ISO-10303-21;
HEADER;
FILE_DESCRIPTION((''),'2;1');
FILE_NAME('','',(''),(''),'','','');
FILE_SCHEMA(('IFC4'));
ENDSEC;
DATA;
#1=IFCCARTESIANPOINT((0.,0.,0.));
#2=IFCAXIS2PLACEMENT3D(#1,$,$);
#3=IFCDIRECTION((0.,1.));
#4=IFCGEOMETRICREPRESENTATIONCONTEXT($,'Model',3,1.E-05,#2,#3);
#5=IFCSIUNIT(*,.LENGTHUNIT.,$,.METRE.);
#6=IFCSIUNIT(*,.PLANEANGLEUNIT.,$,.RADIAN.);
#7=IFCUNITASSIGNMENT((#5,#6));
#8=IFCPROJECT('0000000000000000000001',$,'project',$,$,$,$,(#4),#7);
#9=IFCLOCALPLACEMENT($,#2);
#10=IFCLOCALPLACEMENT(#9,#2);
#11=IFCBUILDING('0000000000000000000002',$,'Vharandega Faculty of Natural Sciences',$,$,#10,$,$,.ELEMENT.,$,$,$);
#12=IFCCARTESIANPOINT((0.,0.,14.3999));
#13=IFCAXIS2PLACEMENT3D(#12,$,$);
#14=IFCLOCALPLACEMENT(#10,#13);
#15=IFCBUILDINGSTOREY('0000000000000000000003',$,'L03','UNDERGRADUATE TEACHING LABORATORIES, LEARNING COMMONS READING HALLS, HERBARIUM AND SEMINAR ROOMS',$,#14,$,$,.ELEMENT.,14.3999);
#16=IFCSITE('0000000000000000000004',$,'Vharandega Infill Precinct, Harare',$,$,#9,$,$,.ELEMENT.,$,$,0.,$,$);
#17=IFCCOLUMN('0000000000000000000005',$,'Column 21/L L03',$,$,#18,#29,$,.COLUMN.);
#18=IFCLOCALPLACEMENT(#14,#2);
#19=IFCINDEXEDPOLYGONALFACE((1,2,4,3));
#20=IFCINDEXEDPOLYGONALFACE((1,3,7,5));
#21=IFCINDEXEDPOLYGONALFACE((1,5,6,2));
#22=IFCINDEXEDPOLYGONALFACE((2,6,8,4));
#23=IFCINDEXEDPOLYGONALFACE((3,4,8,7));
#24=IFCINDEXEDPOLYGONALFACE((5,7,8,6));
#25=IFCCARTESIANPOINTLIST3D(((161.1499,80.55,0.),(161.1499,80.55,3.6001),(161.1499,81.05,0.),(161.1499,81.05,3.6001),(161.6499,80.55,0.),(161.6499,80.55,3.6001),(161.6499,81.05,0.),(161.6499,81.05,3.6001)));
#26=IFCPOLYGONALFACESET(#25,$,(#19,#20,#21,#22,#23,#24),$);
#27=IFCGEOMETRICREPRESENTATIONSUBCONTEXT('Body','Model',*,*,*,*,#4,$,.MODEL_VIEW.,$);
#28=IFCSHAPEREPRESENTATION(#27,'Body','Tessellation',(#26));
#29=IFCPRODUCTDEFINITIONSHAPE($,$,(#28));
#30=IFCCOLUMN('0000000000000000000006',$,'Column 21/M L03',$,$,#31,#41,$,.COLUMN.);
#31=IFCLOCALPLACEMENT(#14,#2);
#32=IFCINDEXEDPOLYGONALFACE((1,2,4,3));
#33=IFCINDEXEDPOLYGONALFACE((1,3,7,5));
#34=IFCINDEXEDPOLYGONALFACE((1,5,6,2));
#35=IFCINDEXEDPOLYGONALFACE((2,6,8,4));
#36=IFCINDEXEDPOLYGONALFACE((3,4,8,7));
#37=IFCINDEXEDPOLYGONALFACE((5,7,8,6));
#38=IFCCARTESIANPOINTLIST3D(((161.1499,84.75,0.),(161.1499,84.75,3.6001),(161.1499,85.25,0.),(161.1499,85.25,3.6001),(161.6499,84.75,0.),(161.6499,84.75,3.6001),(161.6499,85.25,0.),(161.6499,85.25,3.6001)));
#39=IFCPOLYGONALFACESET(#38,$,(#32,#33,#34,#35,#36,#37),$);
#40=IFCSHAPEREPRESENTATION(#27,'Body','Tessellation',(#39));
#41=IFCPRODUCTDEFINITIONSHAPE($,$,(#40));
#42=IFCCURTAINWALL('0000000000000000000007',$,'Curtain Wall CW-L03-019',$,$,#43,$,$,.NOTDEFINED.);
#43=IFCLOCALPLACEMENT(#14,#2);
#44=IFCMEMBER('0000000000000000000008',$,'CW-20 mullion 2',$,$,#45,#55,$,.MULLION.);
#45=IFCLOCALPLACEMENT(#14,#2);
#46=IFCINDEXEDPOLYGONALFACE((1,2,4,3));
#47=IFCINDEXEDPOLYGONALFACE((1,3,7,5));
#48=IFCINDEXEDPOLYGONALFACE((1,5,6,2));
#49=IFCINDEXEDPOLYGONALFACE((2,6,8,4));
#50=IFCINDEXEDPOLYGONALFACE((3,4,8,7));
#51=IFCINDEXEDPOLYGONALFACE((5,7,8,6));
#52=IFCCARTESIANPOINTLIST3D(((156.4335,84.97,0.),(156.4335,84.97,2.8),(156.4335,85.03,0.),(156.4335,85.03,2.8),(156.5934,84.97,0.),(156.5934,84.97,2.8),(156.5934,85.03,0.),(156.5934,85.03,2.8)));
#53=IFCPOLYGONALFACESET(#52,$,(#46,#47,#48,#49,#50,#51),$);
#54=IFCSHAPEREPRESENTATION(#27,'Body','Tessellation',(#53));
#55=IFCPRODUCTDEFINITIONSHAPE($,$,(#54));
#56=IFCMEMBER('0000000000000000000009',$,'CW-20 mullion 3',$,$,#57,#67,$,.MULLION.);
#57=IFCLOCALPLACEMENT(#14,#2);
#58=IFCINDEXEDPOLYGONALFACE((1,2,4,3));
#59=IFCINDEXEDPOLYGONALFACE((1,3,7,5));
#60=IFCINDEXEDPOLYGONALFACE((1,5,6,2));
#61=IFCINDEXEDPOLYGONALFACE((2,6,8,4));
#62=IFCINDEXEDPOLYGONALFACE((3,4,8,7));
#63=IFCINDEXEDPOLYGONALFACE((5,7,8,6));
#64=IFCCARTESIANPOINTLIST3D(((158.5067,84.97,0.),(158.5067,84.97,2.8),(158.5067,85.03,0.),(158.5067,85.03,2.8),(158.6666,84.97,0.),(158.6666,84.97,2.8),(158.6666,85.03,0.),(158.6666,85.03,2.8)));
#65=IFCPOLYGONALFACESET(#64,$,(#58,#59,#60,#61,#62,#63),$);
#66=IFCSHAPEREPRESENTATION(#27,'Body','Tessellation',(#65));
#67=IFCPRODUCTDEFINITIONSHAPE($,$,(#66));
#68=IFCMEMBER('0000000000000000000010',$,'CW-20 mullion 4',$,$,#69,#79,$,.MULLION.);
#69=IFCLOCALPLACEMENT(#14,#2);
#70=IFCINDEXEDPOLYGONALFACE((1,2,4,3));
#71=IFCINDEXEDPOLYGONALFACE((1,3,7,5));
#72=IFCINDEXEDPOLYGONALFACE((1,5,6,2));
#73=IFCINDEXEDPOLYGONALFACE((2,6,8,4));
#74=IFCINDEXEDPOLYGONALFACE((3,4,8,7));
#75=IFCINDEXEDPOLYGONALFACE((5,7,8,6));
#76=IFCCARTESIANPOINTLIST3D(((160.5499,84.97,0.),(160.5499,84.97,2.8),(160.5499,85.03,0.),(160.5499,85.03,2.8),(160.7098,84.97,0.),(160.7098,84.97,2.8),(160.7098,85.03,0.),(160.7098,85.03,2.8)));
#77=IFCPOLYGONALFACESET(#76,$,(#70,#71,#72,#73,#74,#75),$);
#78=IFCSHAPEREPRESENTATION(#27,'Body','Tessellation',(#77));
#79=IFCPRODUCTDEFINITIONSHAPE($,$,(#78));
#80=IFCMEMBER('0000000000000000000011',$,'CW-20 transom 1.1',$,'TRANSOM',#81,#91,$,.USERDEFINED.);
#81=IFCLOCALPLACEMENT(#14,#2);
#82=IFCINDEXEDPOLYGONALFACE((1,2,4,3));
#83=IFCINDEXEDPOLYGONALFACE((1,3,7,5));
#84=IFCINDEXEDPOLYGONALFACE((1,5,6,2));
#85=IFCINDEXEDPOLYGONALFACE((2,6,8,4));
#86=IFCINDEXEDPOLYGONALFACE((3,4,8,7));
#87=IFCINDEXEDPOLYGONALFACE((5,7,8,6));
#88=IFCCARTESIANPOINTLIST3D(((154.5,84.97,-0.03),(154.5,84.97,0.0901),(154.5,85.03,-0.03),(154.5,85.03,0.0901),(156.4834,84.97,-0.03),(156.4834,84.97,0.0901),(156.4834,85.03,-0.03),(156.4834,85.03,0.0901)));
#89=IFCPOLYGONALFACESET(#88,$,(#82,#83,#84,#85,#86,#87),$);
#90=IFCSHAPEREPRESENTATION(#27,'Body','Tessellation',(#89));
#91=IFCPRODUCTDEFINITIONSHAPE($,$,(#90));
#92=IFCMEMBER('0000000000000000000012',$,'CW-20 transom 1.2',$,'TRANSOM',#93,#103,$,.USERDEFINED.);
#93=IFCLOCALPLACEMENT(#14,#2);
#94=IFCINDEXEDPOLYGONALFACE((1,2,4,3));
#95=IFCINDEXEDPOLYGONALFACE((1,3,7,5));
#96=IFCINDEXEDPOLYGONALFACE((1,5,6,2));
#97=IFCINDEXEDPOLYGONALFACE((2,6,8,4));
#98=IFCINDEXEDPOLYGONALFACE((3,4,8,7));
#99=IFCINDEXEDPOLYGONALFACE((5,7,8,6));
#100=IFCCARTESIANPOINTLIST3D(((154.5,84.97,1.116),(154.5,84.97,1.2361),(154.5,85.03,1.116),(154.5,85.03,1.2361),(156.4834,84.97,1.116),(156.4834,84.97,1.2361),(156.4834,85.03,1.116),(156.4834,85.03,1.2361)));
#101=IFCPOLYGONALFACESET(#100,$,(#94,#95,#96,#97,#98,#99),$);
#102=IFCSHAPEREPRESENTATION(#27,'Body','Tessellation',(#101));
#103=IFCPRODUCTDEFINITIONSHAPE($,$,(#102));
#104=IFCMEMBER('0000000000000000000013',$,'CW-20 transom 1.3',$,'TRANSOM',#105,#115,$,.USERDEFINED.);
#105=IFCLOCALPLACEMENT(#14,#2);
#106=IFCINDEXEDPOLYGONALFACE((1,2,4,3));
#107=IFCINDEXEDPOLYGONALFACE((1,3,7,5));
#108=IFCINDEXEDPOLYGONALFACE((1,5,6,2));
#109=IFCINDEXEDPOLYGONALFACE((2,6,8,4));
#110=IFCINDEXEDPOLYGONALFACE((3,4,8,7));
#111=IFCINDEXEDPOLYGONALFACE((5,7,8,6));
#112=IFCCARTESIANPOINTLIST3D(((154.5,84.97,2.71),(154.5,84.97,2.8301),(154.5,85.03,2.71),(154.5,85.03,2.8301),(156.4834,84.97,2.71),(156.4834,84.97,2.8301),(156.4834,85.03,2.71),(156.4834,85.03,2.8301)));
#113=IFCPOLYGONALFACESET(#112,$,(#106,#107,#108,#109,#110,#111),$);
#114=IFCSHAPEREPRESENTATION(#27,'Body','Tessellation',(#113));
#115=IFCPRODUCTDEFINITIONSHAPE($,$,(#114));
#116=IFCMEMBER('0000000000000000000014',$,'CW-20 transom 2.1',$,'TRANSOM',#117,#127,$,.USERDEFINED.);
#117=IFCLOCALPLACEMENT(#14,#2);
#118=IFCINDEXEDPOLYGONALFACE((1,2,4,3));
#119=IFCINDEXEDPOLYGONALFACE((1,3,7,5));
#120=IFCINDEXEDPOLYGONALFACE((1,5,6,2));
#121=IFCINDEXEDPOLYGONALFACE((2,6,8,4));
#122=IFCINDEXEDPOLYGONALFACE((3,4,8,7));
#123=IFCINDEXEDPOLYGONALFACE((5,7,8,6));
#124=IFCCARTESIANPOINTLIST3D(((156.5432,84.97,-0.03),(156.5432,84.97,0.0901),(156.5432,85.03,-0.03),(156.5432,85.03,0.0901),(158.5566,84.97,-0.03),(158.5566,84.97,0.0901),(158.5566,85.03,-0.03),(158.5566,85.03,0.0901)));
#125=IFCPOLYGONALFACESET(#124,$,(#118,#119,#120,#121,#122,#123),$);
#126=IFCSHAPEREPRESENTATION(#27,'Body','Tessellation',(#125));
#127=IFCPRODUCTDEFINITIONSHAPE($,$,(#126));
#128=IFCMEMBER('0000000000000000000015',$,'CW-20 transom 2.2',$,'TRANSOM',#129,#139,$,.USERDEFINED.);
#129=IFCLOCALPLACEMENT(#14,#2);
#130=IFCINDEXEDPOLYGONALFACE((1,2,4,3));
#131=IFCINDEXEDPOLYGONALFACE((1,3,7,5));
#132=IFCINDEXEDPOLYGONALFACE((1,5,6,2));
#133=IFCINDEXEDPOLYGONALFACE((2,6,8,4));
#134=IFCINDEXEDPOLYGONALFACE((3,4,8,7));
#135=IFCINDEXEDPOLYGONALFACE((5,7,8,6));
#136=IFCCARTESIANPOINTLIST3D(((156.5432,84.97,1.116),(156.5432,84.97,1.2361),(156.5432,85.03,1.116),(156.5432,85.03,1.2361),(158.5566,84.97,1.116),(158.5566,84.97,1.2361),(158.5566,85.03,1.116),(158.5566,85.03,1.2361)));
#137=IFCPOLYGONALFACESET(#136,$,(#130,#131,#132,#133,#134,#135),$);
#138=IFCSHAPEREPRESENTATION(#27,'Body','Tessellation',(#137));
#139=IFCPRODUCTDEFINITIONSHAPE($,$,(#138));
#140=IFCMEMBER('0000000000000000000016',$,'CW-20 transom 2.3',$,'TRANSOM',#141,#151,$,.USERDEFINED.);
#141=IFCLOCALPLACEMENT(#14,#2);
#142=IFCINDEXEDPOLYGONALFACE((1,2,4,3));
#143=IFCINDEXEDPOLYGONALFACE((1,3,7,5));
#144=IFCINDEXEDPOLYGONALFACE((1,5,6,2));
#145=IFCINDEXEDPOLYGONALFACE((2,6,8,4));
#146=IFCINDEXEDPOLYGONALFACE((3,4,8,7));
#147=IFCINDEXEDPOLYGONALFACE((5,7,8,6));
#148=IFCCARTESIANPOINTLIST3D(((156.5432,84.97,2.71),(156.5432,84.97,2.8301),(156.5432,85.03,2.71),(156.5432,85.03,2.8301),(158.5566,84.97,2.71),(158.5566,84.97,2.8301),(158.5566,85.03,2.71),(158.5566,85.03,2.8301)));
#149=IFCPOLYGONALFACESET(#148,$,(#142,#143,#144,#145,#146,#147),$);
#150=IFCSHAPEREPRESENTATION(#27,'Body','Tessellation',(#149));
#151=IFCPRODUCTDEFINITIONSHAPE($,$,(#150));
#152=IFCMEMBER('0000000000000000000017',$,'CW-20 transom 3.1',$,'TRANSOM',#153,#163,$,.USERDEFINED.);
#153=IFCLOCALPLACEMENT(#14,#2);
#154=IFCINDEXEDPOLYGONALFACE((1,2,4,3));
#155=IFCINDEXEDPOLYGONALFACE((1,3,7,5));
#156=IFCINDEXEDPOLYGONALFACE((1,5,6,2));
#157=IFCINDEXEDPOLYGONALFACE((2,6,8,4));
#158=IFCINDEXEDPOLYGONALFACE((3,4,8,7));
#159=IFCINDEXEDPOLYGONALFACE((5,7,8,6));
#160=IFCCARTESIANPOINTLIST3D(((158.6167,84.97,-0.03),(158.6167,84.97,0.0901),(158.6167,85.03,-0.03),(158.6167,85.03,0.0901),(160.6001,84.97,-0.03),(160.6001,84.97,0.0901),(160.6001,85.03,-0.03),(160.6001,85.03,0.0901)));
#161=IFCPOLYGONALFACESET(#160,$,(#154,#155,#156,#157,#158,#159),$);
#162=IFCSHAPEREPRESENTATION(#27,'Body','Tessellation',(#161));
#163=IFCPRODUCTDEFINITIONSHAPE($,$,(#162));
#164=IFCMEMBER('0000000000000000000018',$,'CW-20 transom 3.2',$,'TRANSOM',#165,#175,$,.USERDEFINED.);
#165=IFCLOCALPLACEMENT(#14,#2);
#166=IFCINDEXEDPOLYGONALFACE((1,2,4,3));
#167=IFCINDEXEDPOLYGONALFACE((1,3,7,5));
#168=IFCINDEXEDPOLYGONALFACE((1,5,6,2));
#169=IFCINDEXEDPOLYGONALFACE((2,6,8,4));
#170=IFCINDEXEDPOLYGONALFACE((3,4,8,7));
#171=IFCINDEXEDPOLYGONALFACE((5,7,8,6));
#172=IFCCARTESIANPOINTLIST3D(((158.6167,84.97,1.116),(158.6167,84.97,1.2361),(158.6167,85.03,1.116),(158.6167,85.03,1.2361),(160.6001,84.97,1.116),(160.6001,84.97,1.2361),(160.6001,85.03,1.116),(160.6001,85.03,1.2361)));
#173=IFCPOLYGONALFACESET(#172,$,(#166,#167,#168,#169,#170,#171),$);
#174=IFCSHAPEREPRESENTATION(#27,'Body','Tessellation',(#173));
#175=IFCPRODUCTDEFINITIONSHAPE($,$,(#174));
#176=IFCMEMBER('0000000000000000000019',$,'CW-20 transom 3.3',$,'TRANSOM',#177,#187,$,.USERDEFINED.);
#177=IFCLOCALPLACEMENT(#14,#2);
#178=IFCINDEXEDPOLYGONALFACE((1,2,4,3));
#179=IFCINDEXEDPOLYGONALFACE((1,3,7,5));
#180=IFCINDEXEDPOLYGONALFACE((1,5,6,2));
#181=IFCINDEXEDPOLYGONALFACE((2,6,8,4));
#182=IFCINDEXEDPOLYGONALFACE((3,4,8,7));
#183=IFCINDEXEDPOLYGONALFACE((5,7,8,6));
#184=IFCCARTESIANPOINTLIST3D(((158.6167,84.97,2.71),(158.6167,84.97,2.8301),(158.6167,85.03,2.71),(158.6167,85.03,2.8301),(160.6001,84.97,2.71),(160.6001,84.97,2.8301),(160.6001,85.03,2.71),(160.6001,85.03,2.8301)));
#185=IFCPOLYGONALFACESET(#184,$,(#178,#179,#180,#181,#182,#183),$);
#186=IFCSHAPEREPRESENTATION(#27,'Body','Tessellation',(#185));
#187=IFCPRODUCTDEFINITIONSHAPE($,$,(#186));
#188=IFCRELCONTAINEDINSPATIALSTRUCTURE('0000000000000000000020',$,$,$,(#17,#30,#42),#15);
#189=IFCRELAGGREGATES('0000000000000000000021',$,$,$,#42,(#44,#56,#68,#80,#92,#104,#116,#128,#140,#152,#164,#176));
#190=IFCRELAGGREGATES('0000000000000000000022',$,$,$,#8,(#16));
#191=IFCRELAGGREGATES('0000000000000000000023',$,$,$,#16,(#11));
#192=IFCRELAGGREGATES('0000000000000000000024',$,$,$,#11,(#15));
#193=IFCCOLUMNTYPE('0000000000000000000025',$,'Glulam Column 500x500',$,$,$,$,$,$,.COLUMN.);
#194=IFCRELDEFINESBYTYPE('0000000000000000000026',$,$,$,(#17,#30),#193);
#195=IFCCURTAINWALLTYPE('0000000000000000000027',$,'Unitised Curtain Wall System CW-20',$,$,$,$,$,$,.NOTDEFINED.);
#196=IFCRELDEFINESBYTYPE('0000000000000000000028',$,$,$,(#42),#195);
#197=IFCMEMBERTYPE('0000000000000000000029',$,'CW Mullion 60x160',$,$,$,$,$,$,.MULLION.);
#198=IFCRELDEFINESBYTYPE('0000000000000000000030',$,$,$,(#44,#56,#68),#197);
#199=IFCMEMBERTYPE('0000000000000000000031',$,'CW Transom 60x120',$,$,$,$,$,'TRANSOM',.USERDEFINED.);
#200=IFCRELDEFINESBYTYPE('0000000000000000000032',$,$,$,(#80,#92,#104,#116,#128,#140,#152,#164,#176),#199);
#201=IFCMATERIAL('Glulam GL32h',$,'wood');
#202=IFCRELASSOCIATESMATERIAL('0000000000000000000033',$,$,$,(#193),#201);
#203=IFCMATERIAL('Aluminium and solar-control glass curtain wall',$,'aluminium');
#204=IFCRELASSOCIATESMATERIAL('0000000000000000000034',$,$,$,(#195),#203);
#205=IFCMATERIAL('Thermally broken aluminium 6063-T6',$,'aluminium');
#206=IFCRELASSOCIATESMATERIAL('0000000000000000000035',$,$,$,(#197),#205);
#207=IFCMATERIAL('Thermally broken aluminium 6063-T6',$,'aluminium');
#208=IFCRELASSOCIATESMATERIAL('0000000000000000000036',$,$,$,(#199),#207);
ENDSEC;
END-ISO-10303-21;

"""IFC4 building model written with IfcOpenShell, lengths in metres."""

from ifc_helpers import new_model, si_unit, direction, frame, origin, origin_2d, place, context, subcontext, project, spatial, rectangle, extrude, material, material_profile, profile_set, type_object, element, aggregate, save


model = new_model("IFC4")

# Units and contexts
model_context = context("Model", 3, precision=1e-05, world=origin(), true_north=direction((0.0, 1.0)))
body_context = subcontext(model_context, "Body", "Model", "MODEL_VIEW")
ifc_project = project(units=[si_unit("LENGTHUNIT", "METRE"), si_unit("PLANEANGLEUNIT", "RADIAN")], contexts=[model_context])

# Site, building, storey
site_placement = place(None, origin())
site = spatial("IfcSite", under=ifc_project, at=site_placement, Name="Vharandega Infill Precinct, Harare", CompositionType="ELEMENT", RefElevation=0.0)
building_placement = place(site_placement, origin())
building = spatial("IfcBuilding", under=site, at=building_placement, Name="Vharandega Faculty of Natural Sciences", CompositionType="ELEMENT")
storey_placement = place(building_placement, frame((0.0, 0.0, 14.3999)))
storey = spatial("IfcBuildingStorey", under=building, at=storey_placement, Name="L03", Description="UNDERGRADUATE TEACHING LABORATORIES, LEARNING COMMONS READING HALLS, HERBARIUM AND SEMINAR ROOMS", CompositionType="ELEMENT", Elevation=14.3999)

# Columns
ifc_material_1 = material(Name="Glulam GL32h", Category="wood")
ifc_material_profile_1 = material_profile(ifc_material_1, rectangle(XDim=0.5, YDim=0.5, at=origin_2d()), Name="GL32h 500x500")
ifc_profile_set_1 = profile_set([ifc_material_profile_1], Name="Glulam GL32h")
column_type = type_object("IfcColumnType", Name="Glulam Column 500x500", PredefinedType="COLUMN", material=ifc_profile_set_1)
for number, where, z_axis, x_axis, name in (
    (1, (161.3999, 80.8, 0.0), (0.0, 0.0, 1.0), (1.0, 0.0, 0.0), "Column 21/L L03"),
    (2, (161.3999, 85.0, 0.0), (0.0, 0.0, 1.0), (1.0, 0.0, 0.0), "Column 21/M L03"),
):
    element("IfcColumn", number, at=place(storey_placement, frame(where, z_axis=z_axis, x_axis=x_axis)), inside=storey, type_object=column_type, Name=name, PredefinedType="COLUMN", context=body_context, shape_type="SweptSolid", body=[
        extrude(rectangle(XDim=0.5, YDim=0.5, at=origin_2d()), origin(), (0.0, 0.0, 1.0), 3.6001),
    ])

# Curtain wall, members
ifc_material_2 = material(Name="Aluminium and solar-control glass curtain wall", Category="aluminium")
curtain_wall_type = type_object("IfcCurtainWallType", Name="Unitised Curtain Wall System CW-20", PredefinedType="NOTDEFINED", material=ifc_material_2)
curtain_wall_placement = place(storey_placement, origin())
curtain_wall = element("IfcCurtainWall", 3, at=curtain_wall_placement, inside=storey, type_object=curtain_wall_type, Name="Curtain Wall CW-L03-019", PredefinedType="NOTDEFINED")
ifc_material_3 = material(Name="Thermally broken aluminium 6063-T6", Category="aluminium")
ifc_material_profile_2 = material_profile(ifc_material_3, rectangle(XDim=0.0601, YDim=0.1599, at=origin_2d()), Name="ALU 60x160")
ifc_profile_set_2 = profile_set([ifc_material_profile_2], Name="Thermally broken aluminium 6063-T6")
member_type_1 = type_object("IfcMemberType", Name="CW Mullion 60x160", PredefinedType="MULLION", material=ifc_profile_set_2)
member_1_placement = place(storey_placement, frame((156.5134, 85.0, 0.0), z_axis=(0.0, 0.0, 1.0), x_axis=(0.0, 1.0, 0.0)))
member_1 = element("IfcMember", 4, at=member_1_placement, type_object=member_type_1, Name="CW-20 mullion 2", PredefinedType="MULLION", context=body_context, shape_type="SweptSolid", body=[
    extrude(rectangle(XDim=0.0601, YDim=0.1599, at=origin_2d()), origin(), (0.0, 0.0, 1.0), 2.8),
])
member_2_placement = place(storey_placement, frame((158.5867, 85.0, 0.0), z_axis=(0.0, 0.0, 1.0), x_axis=(0.0, 1.0, 0.0)))
member_2 = element("IfcMember", 5, at=member_2_placement, type_object=member_type_1, Name="CW-20 mullion 3", PredefinedType="MULLION", context=body_context, shape_type="SweptSolid", body=[
    extrude(rectangle(XDim=0.0601, YDim=0.1599, at=origin_2d()), origin(), (0.0, 0.0, 1.0), 2.8),
])
member_3_placement = place(storey_placement, frame((160.6299, 85.0, 0.0), z_axis=(0.0, 0.0, 1.0), x_axis=(0.0, 1.0, 0.0)))
member_3 = element("IfcMember", 6, at=member_3_placement, type_object=member_type_1, Name="CW-20 mullion 4", PredefinedType="MULLION", context=body_context, shape_type="SweptSolid", body=[
    extrude(rectangle(XDim=0.0601, YDim=0.1599, at=origin_2d()), origin(), (0.0, 0.0, 1.0), 2.8),
])
ifc_material_4 = material(Name="Thermally broken aluminium 6063-T6", Category="aluminium")
ifc_material_profile_3 = material_profile(ifc_material_4, rectangle(XDim=0.0601, YDim=0.1201, at=origin_2d()), Name="ALU 60x120")
ifc_profile_set_3 = profile_set([ifc_material_profile_3], Name="Thermally broken aluminium 6063-T6")
member_type_2 = type_object("IfcMemberType", Name="CW Transom 60x120", ElementType="TRANSOM", PredefinedType="USERDEFINED", material=ifc_profile_set_3)
member_4_placement = place(storey_placement, frame((154.5, 85.0, 0.03), z_axis=(1.0, 0.0, 0.0), x_axis=(0.0, 1.0, 0.0)))
member_4 = element("IfcMember", 7, at=member_4_placement, type_object=member_type_2, Name="CW-20 transom 1.1", ObjectType="TRANSOM", PredefinedType="USERDEFINED", context=body_context, shape_type="SweptSolid", body=[
    extrude(rectangle(XDim=0.0601, YDim=0.1201, at=origin_2d()), origin(), (0.0, 0.0, 1.0), 1.9834),
])
member_5_placement = place(storey_placement, frame((154.5, 85.0, 1.176), z_axis=(1.0, 0.0, 0.0), x_axis=(0.0, 1.0, 0.0)))
member_5 = element("IfcMember", 8, at=member_5_placement, type_object=member_type_2, Name="CW-20 transom 1.2", ObjectType="TRANSOM", PredefinedType="USERDEFINED", context=body_context, shape_type="SweptSolid", body=[
    extrude(rectangle(XDim=0.0601, YDim=0.1201, at=origin_2d()), origin(), (0.0, 0.0, 1.0), 1.9834),
])
member_6_placement = place(storey_placement, frame((154.5, 85.0, 2.77), z_axis=(1.0, 0.0, 0.0), x_axis=(0.0, 1.0, 0.0)))
member_6 = element("IfcMember", 9, at=member_6_placement, type_object=member_type_2, Name="CW-20 transom 1.3", ObjectType="TRANSOM", PredefinedType="USERDEFINED", context=body_context, shape_type="SweptSolid", body=[
    extrude(rectangle(XDim=0.0601, YDim=0.1201, at=origin_2d()), origin(), (0.0, 0.0, 1.0), 1.9834),
])
member_7_placement = place(storey_placement, frame((156.5432, 85.0, 0.03), z_axis=(1.0, 0.0, 0.0), x_axis=(0.0, 1.0, 0.0)))
member_7 = element("IfcMember", 10, at=member_7_placement, type_object=member_type_2, Name="CW-20 transom 2.1", ObjectType="TRANSOM", PredefinedType="USERDEFINED", context=body_context, shape_type="SweptSolid", body=[
    extrude(rectangle(XDim=0.0601, YDim=0.1201, at=origin_2d()), origin(), (0.0, 0.0, 1.0), 2.0134),
])
member_8_placement = place(storey_placement, frame((156.5432, 85.0, 1.176), z_axis=(1.0, 0.0, 0.0), x_axis=(0.0, 1.0, 0.0)))
member_8 = element("IfcMember", 11, at=member_8_placement, type_object=member_type_2, Name="CW-20 transom 2.2", ObjectType="TRANSOM", PredefinedType="USERDEFINED", context=body_context, shape_type="SweptSolid", body=[
    extrude(rectangle(XDim=0.0601, YDim=0.1201, at=origin_2d()), origin(), (0.0, 0.0, 1.0), 2.0134),
])
member_9_placement = place(storey_placement, frame((156.5432, 85.0, 2.77), z_axis=(1.0, 0.0, 0.0), x_axis=(0.0, 1.0, 0.0)))
member_9 = element("IfcMember", 12, at=member_9_placement, type_object=member_type_2, Name="CW-20 transom 2.3", ObjectType="TRANSOM", PredefinedType="USERDEFINED", context=body_context, shape_type="SweptSolid", body=[
    extrude(rectangle(XDim=0.0601, YDim=0.1201, at=origin_2d()), origin(), (0.0, 0.0, 1.0), 2.0134),
])
member_10_placement = place(storey_placement, frame((158.6167, 85.0, 0.03), z_axis=(1.0, 0.0, 0.0), x_axis=(0.0, 1.0, 0.0)))
member_10 = element("IfcMember", 13, at=member_10_placement, type_object=member_type_2, Name="CW-20 transom 3.1", ObjectType="TRANSOM", PredefinedType="USERDEFINED", context=body_context, shape_type="SweptSolid", body=[
    extrude(rectangle(XDim=0.0601, YDim=0.1201, at=origin_2d()), origin(), (0.0, 0.0, 1.0), 1.9834),
])
member_11_placement = place(storey_placement, frame((158.6167, 85.0, 1.176), z_axis=(1.0, 0.0, 0.0), x_axis=(0.0, 1.0, 0.0)))
member_11 = element("IfcMember", 14, at=member_11_placement, type_object=member_type_2, Name="CW-20 transom 3.2", ObjectType="TRANSOM", PredefinedType="USERDEFINED", context=body_context, shape_type="SweptSolid", body=[
    extrude(rectangle(XDim=0.0601, YDim=0.1201, at=origin_2d()), origin(), (0.0, 0.0, 1.0), 1.9834),
])
member_12_placement = place(storey_placement, frame((158.6167, 85.0, 2.77), z_axis=(1.0, 0.0, 0.0), x_axis=(0.0, 1.0, 0.0)))
member_12 = element("IfcMember", 15, at=member_12_placement, type_object=member_type_2, Name="CW-20 transom 3.3", ObjectType="TRANSOM", PredefinedType="USERDEFINED", context=body_context, shape_type="SweptSolid", body=[
    extrude(rectangle(XDim=0.0601, YDim=0.1201, at=origin_2d()), origin(), (0.0, 0.0, 1.0), 1.9834),
])

aggregate(curtain_wall, [member_1, member_2, member_3, member_4, member_5, member_6, member_7, member_8, member_9, member_10, member_11, member_12])

save(model, "model.ifc")
